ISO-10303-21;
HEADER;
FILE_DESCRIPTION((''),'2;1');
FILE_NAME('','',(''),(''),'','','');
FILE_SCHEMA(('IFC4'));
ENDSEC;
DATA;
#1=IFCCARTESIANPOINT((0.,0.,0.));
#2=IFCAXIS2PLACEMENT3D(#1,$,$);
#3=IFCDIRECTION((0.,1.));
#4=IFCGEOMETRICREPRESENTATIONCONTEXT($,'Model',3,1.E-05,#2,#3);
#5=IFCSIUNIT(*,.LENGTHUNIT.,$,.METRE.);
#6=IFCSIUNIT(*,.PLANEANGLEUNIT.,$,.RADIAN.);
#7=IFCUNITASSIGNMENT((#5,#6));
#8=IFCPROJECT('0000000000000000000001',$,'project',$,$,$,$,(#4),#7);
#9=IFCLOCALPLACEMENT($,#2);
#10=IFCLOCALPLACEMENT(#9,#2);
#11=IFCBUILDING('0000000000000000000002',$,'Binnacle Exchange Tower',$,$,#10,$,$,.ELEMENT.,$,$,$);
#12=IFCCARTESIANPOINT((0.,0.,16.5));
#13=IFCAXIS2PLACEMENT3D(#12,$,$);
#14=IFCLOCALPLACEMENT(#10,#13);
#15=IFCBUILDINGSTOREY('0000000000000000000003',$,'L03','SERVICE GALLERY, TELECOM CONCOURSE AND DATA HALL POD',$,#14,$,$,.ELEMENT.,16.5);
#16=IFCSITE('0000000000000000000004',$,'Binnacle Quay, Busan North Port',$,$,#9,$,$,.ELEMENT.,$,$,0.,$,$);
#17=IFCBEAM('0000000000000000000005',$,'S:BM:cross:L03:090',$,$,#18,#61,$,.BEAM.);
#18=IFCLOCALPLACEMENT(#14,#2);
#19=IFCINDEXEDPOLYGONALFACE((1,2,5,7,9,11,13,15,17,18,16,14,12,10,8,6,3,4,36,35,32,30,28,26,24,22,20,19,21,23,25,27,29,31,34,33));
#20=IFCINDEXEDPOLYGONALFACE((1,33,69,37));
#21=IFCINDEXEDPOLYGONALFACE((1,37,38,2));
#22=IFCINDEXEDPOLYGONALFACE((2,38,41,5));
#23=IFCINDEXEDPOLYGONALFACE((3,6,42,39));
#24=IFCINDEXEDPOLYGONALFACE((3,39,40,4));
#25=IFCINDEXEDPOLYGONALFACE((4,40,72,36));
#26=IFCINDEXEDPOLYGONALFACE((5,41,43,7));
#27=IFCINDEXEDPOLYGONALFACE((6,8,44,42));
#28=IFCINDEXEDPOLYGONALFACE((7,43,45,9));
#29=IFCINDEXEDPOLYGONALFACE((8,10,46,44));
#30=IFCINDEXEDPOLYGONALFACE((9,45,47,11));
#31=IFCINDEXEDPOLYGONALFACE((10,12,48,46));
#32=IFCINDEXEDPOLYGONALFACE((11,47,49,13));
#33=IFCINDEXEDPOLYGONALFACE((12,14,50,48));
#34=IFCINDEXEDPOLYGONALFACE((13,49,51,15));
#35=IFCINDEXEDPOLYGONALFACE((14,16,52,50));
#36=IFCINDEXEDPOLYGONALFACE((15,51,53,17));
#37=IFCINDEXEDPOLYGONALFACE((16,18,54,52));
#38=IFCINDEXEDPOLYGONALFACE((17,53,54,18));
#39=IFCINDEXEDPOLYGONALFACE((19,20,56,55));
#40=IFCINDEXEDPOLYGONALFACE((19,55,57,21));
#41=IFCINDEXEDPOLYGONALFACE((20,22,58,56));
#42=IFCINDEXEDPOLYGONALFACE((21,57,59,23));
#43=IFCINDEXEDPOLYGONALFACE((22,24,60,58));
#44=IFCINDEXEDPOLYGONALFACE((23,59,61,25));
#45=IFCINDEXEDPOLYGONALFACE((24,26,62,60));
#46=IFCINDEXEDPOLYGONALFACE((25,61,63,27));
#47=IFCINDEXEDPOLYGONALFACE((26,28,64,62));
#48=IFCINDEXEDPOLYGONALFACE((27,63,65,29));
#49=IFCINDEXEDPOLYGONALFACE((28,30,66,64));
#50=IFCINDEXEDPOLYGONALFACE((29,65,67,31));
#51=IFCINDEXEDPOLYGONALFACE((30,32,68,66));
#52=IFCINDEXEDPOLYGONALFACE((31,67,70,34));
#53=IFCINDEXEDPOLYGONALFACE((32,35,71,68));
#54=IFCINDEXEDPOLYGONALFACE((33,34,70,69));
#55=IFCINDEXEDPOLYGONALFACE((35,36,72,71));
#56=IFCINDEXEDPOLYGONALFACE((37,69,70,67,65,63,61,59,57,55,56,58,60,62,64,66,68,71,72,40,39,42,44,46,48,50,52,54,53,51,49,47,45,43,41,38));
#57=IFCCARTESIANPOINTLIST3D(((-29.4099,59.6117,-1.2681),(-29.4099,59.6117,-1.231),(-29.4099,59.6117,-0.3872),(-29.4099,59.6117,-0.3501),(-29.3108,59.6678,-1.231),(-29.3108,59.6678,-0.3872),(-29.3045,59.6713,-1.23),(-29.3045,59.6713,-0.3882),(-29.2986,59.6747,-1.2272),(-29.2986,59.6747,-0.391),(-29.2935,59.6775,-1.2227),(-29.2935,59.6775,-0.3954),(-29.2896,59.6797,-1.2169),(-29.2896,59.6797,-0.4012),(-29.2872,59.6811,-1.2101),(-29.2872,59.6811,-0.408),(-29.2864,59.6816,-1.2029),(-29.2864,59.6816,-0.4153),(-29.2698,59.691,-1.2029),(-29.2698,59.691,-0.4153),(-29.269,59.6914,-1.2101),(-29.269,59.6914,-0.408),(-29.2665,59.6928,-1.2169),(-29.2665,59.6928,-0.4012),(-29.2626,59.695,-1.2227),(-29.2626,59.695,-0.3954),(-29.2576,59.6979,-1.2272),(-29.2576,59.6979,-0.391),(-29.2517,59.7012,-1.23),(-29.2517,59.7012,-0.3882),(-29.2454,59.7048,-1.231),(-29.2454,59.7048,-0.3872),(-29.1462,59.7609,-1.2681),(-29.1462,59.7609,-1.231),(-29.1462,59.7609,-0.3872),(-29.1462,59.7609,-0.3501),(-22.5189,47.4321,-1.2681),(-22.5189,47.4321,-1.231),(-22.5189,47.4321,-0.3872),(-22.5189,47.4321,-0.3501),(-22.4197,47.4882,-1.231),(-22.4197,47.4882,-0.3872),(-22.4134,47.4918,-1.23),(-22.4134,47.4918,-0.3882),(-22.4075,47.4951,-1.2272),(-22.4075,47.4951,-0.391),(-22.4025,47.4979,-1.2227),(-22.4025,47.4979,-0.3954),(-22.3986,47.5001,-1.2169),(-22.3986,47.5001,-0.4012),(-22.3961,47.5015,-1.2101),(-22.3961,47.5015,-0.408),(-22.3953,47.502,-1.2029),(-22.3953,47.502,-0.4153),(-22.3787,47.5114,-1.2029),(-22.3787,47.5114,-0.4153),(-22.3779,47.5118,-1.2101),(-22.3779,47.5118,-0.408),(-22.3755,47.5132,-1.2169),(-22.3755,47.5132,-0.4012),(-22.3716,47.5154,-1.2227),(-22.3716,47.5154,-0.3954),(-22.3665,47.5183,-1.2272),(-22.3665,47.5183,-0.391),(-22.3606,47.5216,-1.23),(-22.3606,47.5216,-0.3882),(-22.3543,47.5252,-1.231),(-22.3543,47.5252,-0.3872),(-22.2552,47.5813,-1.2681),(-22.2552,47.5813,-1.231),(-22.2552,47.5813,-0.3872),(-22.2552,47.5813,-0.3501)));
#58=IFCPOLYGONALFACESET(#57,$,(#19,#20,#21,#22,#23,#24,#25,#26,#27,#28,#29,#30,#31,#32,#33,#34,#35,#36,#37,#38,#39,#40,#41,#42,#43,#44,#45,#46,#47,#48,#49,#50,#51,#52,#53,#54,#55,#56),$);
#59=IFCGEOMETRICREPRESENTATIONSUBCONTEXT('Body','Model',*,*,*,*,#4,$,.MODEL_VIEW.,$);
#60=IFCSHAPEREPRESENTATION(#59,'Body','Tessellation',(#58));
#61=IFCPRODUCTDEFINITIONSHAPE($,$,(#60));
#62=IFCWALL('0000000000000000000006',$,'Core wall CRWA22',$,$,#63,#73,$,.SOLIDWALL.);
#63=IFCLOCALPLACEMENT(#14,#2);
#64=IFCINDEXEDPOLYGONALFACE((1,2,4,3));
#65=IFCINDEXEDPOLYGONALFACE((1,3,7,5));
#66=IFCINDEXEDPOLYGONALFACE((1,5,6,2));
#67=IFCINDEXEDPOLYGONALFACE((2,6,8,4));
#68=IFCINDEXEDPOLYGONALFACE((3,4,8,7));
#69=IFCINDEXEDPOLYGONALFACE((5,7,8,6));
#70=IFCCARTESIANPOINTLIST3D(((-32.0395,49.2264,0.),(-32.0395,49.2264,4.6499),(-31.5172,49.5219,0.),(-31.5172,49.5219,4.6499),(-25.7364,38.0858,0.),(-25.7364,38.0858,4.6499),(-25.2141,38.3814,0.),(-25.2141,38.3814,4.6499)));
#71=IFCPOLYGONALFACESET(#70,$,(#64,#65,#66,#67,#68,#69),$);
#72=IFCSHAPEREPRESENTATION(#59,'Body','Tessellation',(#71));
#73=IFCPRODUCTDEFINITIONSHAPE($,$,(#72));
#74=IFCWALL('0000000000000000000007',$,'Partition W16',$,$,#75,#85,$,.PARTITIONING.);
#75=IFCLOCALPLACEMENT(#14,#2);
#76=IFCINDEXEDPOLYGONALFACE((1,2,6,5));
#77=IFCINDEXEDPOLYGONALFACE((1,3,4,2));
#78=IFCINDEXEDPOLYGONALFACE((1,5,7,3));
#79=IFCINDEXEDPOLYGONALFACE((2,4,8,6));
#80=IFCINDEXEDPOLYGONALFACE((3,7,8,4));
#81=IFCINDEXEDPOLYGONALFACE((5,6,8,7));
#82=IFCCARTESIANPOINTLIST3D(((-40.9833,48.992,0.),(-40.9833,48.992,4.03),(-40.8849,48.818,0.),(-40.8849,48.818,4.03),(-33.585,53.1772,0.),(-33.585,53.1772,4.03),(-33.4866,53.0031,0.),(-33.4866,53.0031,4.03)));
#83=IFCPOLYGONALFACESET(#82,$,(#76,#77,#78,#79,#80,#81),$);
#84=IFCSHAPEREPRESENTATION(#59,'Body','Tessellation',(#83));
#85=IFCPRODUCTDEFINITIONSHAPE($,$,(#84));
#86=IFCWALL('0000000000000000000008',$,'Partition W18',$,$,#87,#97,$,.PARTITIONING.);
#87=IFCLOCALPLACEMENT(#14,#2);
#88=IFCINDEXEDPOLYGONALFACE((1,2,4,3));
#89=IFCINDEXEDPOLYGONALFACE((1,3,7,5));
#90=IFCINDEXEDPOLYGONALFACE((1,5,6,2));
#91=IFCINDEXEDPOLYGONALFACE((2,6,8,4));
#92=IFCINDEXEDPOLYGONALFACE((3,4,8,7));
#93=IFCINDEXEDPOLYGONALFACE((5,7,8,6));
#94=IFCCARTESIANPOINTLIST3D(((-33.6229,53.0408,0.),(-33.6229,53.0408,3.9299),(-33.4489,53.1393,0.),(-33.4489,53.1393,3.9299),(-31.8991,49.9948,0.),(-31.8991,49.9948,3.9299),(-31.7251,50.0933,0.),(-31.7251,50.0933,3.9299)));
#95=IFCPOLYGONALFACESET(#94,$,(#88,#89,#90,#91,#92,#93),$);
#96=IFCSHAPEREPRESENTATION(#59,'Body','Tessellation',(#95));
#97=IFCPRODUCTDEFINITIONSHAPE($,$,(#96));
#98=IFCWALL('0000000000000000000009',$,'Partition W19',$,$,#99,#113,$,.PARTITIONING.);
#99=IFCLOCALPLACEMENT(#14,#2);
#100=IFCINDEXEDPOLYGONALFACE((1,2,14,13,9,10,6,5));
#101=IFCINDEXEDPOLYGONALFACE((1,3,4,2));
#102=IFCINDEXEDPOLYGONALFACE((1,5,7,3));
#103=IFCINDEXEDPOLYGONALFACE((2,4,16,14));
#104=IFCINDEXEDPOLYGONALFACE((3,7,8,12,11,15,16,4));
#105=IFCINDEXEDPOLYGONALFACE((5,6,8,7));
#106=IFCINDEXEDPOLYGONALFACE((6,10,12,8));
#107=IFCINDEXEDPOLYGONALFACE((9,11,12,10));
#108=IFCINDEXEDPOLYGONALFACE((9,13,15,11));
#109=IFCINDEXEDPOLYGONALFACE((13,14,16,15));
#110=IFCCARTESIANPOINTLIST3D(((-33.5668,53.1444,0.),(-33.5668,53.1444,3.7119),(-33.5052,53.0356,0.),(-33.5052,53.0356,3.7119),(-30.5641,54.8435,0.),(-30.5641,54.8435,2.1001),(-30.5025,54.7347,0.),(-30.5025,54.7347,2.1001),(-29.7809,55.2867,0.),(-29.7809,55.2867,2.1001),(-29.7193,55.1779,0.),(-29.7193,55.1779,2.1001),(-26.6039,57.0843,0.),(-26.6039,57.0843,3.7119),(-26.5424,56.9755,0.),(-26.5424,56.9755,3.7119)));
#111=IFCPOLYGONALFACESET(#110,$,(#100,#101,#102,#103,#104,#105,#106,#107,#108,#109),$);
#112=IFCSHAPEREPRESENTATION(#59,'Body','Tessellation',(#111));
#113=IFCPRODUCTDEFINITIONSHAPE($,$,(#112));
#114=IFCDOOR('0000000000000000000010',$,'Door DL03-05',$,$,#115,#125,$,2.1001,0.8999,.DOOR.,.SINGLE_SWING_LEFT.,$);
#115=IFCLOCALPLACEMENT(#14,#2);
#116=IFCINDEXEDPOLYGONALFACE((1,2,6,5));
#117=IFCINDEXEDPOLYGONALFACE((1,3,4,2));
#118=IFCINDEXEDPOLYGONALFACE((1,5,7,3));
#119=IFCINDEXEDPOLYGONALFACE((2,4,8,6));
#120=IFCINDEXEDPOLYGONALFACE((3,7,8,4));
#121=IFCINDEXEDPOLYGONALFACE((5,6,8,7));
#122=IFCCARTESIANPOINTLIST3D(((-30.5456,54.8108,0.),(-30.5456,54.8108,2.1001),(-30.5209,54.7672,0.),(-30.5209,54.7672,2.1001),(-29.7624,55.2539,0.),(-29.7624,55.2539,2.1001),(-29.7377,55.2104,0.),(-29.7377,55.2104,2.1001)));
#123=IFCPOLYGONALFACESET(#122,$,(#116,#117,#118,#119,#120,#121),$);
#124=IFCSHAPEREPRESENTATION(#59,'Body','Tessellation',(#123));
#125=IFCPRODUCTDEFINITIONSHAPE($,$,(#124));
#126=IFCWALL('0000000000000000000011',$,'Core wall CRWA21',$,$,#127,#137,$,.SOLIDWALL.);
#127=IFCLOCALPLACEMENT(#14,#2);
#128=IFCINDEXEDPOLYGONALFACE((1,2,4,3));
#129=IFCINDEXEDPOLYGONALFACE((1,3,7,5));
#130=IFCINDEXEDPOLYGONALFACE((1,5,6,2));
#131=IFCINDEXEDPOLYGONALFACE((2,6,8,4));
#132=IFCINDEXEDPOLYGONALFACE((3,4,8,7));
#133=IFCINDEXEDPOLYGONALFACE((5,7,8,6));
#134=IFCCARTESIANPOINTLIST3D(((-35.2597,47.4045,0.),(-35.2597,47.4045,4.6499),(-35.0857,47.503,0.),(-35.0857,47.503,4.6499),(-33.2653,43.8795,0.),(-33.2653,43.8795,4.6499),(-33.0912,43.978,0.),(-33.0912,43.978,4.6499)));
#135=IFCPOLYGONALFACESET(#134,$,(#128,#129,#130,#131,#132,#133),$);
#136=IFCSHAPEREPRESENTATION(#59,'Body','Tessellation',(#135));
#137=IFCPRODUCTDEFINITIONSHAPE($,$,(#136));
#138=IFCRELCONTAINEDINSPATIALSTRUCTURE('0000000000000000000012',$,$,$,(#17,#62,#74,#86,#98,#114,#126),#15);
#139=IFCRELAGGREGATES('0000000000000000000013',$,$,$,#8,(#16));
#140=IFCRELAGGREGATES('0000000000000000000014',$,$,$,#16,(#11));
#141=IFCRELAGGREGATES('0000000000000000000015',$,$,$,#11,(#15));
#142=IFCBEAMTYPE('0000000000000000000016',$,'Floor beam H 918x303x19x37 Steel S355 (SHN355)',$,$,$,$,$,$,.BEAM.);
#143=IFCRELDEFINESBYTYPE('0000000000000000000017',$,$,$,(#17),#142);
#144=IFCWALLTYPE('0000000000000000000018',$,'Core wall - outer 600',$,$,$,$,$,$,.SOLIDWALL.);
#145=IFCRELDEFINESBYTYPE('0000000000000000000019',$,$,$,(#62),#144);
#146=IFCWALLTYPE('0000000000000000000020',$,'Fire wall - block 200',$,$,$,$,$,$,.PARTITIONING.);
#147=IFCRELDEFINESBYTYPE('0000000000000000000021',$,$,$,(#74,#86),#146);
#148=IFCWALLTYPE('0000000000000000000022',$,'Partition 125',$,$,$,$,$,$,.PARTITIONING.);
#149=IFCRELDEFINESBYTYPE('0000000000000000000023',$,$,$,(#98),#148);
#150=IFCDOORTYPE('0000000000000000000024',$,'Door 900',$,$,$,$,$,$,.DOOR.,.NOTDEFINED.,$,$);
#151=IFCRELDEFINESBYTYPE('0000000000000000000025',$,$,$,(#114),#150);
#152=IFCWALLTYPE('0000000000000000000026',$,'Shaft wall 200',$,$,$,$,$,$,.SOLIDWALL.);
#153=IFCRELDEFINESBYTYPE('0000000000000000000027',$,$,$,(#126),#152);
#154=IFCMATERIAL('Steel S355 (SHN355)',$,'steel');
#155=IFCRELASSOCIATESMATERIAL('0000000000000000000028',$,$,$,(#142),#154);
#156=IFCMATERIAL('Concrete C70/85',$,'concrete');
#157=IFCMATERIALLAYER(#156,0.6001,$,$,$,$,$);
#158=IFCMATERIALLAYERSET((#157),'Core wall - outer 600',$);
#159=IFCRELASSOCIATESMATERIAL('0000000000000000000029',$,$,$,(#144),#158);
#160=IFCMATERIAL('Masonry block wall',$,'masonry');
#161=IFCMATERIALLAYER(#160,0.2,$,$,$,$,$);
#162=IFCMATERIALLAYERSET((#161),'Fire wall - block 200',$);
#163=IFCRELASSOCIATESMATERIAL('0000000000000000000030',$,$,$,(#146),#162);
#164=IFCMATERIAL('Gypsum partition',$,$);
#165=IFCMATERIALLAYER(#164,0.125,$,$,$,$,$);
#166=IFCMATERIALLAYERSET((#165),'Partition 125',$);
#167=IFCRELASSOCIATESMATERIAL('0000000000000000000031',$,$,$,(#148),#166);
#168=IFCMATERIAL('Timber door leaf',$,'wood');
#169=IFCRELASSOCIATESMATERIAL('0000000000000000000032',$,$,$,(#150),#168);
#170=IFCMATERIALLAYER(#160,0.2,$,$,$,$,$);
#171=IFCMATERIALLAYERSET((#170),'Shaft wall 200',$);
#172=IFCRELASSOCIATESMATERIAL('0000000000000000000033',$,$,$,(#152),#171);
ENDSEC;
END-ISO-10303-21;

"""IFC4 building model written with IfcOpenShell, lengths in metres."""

from ifc_helpers import new_model, si_unit, direction, frame, frame_2d, origin, origin_2d, place, context, subcontext, project, spatial, rectangle, i_section, extrude, material, layer, layer_set, material_profile, profile_set, type_object, element, fill, save


model = new_model("IFC4")

# Units and contexts
model_context = context("Model", 3, precision=1e-05, world=origin(), true_north=direction((0.0, 1.0)))
body_context = subcontext(model_context, "Body", "Model", "MODEL_VIEW")
ifc_project = project(units=[si_unit("LENGTHUNIT", "METRE"), si_unit("PLANEANGLEUNIT", "RADIAN")], contexts=[model_context])

# Site, building, storey
site_placement = place(None, origin())
site = spatial("IfcSite", under=ifc_project, at=site_placement, Name="Binnacle Quay, Busan North Port", CompositionType="ELEMENT", RefElevation=0.0)
building_placement = place(site_placement, origin())
building = spatial("IfcBuilding", under=site, at=building_placement, Name="Binnacle Exchange Tower", CompositionType="ELEMENT")
storey_placement = place(building_placement, frame((0.0, 0.0, 16.5)))
storey = spatial("IfcBuildingStorey", under=building, at=storey_placement, Name="L03", Description="SERVICE GALLERY, TELECOM CONCOURSE AND DATA HALL POD", CompositionType="ELEMENT", Elevation=16.5)

# Shared definitions
ifc_material_1 = material(Name="Concrete C70/85", Category="concrete")

# Beam
ifc_material_2 = material(Name="Steel S355 (SHN355)", Category="steel")
ifc_material_profile_1 = material_profile(ifc_material_2, i_section(OverallWidth=0.303, OverallDepth=0.918, WebThickness=0.019, FlangeThickness=0.0371, FilletRadius=0.0281, at=origin_2d()), Name="H 918x303x19x37")
ifc_profile_set_1 = profile_set([ifc_material_profile_1], Name="Steel S355 (SHN355)")
beam_type_1 = type_object("IfcBeamType", Name="Floor beam H 918x303x19x37 Steel S355 (SHN355)", PredefinedType="BEAM", material=ifc_profile_set_1)
beam_1_placement = place(storey_placement, frame((-29.2781, 59.6863, -0.8091), z_axis=(0.492433, -0.87035, 0.0), x_axis=(0.87035, 0.492433, 0.0)))
element("IfcBeam", 1, at=beam_1_placement, inside=storey, type_object=beam_type_1, Name="S:BM:cross:L03:090", PredefinedType="BEAM", context=body_context, shape_type="SweptSolid", body=[
    extrude(i_section(OverallWidth=0.303, OverallDepth=0.918, WebThickness=0.019, FlangeThickness=0.0371, FilletRadius=0.0281, at=origin_2d()), origin(), (0.0, 0.0, 1.0), 13.9939),
])

# Walls
ifc_layer_1 = layer(ifc_material_1, 0.6001)
ifc_layer_set_1 = layer_set([ifc_layer_1], Name="Core wall - outer 600")
wall_type_1 = type_object("IfcWallType", Name="Core wall - outer 600", PredefinedType="SOLIDWALL", material=ifc_layer_set_1)
wall_1_placement = place(storey_placement, frame((-31.7783, 49.374, 0.0), z_axis=(0.0, 0.0, 1.0), x_axis=(0.492433, -0.87035, 0.0)))
element("IfcWall", 2, at=wall_1_placement, inside=storey, type_object=wall_type_1, Name="Core wall CRWA22", PredefinedType="SOLIDWALL", context=body_context, shape_type="SweptSolid", body=[
    extrude(rectangle(XDim=12.8, YDim=0.6001, at=frame_2d((6.3999, 0.0))), origin(), (0.0, 0.0, 1.0), 4.6499),
])
ifc_material_3 = material(Name="Masonry block wall", Category="masonry")
ifc_layer_2 = layer(ifc_material_3, 0.2)
ifc_layer_set_2 = layer_set([ifc_layer_2], Name="Fire wall - block 200")
wall_type_2 = type_object("IfcWallType", Name="Fire wall - block 200", PredefinedType="PARTITIONING", material=ifc_layer_set_2)
wall_2_placement = place(storey_placement, frame((-40.9341, 48.905, 0.0), z_axis=(0.0, 0.0, 1.0), x_axis=(0.870388, 0.492367, 0.0)))
element("IfcWall", 3, at=wall_2_placement, inside=storey, type_object=wall_type_2, Name="Partition W16", PredefinedType="PARTITIONING", context=body_context, shape_type="SweptSolid", body=[
    extrude(rectangle(XDim=8.5, YDim=0.2, at=frame_2d((4.25, 0.0))), origin(), (0.0, 0.0, 1.0), 4.03),
])
wall_3_placement = place(storey_placement, frame((-33.5359, 53.0901, 0.0), z_axis=(0.0, 0.0, 1.0), x_axis=(0.492521, -0.8703, 0.0)))
element("IfcWall", 4, at=wall_3_placement, inside=storey, type_object=wall_type_2, Name="Partition W18", PredefinedType="PARTITIONING", context=body_context, shape_type="SweptSolid", body=[
    extrude(rectangle(XDim=3.5, YDim=0.2, at=frame_2d((1.75, 0.0))), origin(), (0.0, 0.0, 1.0), 3.9299),
])

# Wall, opening, door
ifc_material_4 = material(Name="Gypsum partition")
ifc_layer_3 = layer(ifc_material_4, 0.125)
ifc_layer_set_3 = layer_set([ifc_layer_3], Name="Partition 125")
wall_type_3 = type_object("IfcWallType", Name="Partition 125", PredefinedType="PARTITIONING", material=ifc_layer_set_3)
wall_4_placement = place(storey_placement, frame((-33.5359, 53.0901, 0.0), z_axis=(0.0, 0.0, 1.0), x_axis=(0.870327, 0.492473, 0.0)))
wall_4 = element("IfcWall", 5, at=wall_4_placement, inside=storey, type_object=wall_type_3, Name="Partition W19", PredefinedType="PARTITIONING", context=body_context, shape_type="SweptSolid", body=[
    extrude(rectangle(XDim=8.0002, YDim=0.125, at=frame_2d((4.0, 0.0))), origin(), (0.0, 0.0, 1.0), 3.7119),
])
opening_placement = place(wall_4_placement, frame((3.45, 0.0, 0.0)))
opening = element("IfcOpeningElement", 6, at=opening_placement, cuts=wall_4, PredefinedType="OPENING", context=body_context, shape_type="SweptSolid", body=[
    extrude(rectangle(XDim=0.8999, YDim=2.1001, at=frame_2d((0.45, 1.05))), frame((0.0, 0.0725, 0.0), z_axis=(0.0, -1.0, 0.0), x_axis=(1.0, 0.0, 0.0)), (0.0, 0.0, 1.0), 0.145),
])
ifc_material_5 = material(Name="Timber door leaf", Category="wood")
door_type = type_object("IfcDoorType", Name="Door 900", OperationType="NOTDEFINED", PredefinedType="DOOR", material=ifc_material_5)
door_placement = place(opening_placement, origin())
door = element("IfcDoor", 7, at=door_placement, inside=storey, type_object=door_type, Name="Door DL03-05", OperationType="SINGLE_SWING_LEFT", OverallHeight=2.1001, OverallWidth=0.8999, PredefinedType="DOOR", context=body_context, shape_type="SweptSolid", body=[
    extrude(rectangle(XDim=0.8999, YDim=2.1001, at=frame_2d((0.45, 1.05))), frame((0.0, 0.0249, 0.0), z_axis=(0.0, -1.0, 0.0), x_axis=(1.0, 0.0, 0.0)), (0.0, 0.0, 1.0), 0.05),
])
fill(opening, door)

# Wall
ifc_layer_4 = layer(ifc_material_3, 0.2)
ifc_layer_set_4 = layer_set([ifc_layer_4], Name="Shaft wall 200")
wall_type_4 = type_object("IfcWallType", Name="Shaft wall 200", PredefinedType="SOLIDWALL", material=ifc_layer_set_4)
wall_5_placement = place(storey_placement, frame((-35.1726, 47.4536, 0.0), z_axis=(0.0, 0.0, 1.0), x_axis=(0.492441, -0.870346, 0.0)))
element("IfcWall", 8, at=wall_5_placement, inside=storey, type_object=wall_type_4, Name="Core wall CRWA21", PredefinedType="SOLIDWALL", context=body_context, shape_type="SweptSolid", body=[
    extrude(rectangle(XDim=4.05, YDim=0.2, at=frame_2d((2.0249, 0.0))), origin(), (0.0, 0.0, 1.0), 4.6499),
])

save(model, "model.ifc")
